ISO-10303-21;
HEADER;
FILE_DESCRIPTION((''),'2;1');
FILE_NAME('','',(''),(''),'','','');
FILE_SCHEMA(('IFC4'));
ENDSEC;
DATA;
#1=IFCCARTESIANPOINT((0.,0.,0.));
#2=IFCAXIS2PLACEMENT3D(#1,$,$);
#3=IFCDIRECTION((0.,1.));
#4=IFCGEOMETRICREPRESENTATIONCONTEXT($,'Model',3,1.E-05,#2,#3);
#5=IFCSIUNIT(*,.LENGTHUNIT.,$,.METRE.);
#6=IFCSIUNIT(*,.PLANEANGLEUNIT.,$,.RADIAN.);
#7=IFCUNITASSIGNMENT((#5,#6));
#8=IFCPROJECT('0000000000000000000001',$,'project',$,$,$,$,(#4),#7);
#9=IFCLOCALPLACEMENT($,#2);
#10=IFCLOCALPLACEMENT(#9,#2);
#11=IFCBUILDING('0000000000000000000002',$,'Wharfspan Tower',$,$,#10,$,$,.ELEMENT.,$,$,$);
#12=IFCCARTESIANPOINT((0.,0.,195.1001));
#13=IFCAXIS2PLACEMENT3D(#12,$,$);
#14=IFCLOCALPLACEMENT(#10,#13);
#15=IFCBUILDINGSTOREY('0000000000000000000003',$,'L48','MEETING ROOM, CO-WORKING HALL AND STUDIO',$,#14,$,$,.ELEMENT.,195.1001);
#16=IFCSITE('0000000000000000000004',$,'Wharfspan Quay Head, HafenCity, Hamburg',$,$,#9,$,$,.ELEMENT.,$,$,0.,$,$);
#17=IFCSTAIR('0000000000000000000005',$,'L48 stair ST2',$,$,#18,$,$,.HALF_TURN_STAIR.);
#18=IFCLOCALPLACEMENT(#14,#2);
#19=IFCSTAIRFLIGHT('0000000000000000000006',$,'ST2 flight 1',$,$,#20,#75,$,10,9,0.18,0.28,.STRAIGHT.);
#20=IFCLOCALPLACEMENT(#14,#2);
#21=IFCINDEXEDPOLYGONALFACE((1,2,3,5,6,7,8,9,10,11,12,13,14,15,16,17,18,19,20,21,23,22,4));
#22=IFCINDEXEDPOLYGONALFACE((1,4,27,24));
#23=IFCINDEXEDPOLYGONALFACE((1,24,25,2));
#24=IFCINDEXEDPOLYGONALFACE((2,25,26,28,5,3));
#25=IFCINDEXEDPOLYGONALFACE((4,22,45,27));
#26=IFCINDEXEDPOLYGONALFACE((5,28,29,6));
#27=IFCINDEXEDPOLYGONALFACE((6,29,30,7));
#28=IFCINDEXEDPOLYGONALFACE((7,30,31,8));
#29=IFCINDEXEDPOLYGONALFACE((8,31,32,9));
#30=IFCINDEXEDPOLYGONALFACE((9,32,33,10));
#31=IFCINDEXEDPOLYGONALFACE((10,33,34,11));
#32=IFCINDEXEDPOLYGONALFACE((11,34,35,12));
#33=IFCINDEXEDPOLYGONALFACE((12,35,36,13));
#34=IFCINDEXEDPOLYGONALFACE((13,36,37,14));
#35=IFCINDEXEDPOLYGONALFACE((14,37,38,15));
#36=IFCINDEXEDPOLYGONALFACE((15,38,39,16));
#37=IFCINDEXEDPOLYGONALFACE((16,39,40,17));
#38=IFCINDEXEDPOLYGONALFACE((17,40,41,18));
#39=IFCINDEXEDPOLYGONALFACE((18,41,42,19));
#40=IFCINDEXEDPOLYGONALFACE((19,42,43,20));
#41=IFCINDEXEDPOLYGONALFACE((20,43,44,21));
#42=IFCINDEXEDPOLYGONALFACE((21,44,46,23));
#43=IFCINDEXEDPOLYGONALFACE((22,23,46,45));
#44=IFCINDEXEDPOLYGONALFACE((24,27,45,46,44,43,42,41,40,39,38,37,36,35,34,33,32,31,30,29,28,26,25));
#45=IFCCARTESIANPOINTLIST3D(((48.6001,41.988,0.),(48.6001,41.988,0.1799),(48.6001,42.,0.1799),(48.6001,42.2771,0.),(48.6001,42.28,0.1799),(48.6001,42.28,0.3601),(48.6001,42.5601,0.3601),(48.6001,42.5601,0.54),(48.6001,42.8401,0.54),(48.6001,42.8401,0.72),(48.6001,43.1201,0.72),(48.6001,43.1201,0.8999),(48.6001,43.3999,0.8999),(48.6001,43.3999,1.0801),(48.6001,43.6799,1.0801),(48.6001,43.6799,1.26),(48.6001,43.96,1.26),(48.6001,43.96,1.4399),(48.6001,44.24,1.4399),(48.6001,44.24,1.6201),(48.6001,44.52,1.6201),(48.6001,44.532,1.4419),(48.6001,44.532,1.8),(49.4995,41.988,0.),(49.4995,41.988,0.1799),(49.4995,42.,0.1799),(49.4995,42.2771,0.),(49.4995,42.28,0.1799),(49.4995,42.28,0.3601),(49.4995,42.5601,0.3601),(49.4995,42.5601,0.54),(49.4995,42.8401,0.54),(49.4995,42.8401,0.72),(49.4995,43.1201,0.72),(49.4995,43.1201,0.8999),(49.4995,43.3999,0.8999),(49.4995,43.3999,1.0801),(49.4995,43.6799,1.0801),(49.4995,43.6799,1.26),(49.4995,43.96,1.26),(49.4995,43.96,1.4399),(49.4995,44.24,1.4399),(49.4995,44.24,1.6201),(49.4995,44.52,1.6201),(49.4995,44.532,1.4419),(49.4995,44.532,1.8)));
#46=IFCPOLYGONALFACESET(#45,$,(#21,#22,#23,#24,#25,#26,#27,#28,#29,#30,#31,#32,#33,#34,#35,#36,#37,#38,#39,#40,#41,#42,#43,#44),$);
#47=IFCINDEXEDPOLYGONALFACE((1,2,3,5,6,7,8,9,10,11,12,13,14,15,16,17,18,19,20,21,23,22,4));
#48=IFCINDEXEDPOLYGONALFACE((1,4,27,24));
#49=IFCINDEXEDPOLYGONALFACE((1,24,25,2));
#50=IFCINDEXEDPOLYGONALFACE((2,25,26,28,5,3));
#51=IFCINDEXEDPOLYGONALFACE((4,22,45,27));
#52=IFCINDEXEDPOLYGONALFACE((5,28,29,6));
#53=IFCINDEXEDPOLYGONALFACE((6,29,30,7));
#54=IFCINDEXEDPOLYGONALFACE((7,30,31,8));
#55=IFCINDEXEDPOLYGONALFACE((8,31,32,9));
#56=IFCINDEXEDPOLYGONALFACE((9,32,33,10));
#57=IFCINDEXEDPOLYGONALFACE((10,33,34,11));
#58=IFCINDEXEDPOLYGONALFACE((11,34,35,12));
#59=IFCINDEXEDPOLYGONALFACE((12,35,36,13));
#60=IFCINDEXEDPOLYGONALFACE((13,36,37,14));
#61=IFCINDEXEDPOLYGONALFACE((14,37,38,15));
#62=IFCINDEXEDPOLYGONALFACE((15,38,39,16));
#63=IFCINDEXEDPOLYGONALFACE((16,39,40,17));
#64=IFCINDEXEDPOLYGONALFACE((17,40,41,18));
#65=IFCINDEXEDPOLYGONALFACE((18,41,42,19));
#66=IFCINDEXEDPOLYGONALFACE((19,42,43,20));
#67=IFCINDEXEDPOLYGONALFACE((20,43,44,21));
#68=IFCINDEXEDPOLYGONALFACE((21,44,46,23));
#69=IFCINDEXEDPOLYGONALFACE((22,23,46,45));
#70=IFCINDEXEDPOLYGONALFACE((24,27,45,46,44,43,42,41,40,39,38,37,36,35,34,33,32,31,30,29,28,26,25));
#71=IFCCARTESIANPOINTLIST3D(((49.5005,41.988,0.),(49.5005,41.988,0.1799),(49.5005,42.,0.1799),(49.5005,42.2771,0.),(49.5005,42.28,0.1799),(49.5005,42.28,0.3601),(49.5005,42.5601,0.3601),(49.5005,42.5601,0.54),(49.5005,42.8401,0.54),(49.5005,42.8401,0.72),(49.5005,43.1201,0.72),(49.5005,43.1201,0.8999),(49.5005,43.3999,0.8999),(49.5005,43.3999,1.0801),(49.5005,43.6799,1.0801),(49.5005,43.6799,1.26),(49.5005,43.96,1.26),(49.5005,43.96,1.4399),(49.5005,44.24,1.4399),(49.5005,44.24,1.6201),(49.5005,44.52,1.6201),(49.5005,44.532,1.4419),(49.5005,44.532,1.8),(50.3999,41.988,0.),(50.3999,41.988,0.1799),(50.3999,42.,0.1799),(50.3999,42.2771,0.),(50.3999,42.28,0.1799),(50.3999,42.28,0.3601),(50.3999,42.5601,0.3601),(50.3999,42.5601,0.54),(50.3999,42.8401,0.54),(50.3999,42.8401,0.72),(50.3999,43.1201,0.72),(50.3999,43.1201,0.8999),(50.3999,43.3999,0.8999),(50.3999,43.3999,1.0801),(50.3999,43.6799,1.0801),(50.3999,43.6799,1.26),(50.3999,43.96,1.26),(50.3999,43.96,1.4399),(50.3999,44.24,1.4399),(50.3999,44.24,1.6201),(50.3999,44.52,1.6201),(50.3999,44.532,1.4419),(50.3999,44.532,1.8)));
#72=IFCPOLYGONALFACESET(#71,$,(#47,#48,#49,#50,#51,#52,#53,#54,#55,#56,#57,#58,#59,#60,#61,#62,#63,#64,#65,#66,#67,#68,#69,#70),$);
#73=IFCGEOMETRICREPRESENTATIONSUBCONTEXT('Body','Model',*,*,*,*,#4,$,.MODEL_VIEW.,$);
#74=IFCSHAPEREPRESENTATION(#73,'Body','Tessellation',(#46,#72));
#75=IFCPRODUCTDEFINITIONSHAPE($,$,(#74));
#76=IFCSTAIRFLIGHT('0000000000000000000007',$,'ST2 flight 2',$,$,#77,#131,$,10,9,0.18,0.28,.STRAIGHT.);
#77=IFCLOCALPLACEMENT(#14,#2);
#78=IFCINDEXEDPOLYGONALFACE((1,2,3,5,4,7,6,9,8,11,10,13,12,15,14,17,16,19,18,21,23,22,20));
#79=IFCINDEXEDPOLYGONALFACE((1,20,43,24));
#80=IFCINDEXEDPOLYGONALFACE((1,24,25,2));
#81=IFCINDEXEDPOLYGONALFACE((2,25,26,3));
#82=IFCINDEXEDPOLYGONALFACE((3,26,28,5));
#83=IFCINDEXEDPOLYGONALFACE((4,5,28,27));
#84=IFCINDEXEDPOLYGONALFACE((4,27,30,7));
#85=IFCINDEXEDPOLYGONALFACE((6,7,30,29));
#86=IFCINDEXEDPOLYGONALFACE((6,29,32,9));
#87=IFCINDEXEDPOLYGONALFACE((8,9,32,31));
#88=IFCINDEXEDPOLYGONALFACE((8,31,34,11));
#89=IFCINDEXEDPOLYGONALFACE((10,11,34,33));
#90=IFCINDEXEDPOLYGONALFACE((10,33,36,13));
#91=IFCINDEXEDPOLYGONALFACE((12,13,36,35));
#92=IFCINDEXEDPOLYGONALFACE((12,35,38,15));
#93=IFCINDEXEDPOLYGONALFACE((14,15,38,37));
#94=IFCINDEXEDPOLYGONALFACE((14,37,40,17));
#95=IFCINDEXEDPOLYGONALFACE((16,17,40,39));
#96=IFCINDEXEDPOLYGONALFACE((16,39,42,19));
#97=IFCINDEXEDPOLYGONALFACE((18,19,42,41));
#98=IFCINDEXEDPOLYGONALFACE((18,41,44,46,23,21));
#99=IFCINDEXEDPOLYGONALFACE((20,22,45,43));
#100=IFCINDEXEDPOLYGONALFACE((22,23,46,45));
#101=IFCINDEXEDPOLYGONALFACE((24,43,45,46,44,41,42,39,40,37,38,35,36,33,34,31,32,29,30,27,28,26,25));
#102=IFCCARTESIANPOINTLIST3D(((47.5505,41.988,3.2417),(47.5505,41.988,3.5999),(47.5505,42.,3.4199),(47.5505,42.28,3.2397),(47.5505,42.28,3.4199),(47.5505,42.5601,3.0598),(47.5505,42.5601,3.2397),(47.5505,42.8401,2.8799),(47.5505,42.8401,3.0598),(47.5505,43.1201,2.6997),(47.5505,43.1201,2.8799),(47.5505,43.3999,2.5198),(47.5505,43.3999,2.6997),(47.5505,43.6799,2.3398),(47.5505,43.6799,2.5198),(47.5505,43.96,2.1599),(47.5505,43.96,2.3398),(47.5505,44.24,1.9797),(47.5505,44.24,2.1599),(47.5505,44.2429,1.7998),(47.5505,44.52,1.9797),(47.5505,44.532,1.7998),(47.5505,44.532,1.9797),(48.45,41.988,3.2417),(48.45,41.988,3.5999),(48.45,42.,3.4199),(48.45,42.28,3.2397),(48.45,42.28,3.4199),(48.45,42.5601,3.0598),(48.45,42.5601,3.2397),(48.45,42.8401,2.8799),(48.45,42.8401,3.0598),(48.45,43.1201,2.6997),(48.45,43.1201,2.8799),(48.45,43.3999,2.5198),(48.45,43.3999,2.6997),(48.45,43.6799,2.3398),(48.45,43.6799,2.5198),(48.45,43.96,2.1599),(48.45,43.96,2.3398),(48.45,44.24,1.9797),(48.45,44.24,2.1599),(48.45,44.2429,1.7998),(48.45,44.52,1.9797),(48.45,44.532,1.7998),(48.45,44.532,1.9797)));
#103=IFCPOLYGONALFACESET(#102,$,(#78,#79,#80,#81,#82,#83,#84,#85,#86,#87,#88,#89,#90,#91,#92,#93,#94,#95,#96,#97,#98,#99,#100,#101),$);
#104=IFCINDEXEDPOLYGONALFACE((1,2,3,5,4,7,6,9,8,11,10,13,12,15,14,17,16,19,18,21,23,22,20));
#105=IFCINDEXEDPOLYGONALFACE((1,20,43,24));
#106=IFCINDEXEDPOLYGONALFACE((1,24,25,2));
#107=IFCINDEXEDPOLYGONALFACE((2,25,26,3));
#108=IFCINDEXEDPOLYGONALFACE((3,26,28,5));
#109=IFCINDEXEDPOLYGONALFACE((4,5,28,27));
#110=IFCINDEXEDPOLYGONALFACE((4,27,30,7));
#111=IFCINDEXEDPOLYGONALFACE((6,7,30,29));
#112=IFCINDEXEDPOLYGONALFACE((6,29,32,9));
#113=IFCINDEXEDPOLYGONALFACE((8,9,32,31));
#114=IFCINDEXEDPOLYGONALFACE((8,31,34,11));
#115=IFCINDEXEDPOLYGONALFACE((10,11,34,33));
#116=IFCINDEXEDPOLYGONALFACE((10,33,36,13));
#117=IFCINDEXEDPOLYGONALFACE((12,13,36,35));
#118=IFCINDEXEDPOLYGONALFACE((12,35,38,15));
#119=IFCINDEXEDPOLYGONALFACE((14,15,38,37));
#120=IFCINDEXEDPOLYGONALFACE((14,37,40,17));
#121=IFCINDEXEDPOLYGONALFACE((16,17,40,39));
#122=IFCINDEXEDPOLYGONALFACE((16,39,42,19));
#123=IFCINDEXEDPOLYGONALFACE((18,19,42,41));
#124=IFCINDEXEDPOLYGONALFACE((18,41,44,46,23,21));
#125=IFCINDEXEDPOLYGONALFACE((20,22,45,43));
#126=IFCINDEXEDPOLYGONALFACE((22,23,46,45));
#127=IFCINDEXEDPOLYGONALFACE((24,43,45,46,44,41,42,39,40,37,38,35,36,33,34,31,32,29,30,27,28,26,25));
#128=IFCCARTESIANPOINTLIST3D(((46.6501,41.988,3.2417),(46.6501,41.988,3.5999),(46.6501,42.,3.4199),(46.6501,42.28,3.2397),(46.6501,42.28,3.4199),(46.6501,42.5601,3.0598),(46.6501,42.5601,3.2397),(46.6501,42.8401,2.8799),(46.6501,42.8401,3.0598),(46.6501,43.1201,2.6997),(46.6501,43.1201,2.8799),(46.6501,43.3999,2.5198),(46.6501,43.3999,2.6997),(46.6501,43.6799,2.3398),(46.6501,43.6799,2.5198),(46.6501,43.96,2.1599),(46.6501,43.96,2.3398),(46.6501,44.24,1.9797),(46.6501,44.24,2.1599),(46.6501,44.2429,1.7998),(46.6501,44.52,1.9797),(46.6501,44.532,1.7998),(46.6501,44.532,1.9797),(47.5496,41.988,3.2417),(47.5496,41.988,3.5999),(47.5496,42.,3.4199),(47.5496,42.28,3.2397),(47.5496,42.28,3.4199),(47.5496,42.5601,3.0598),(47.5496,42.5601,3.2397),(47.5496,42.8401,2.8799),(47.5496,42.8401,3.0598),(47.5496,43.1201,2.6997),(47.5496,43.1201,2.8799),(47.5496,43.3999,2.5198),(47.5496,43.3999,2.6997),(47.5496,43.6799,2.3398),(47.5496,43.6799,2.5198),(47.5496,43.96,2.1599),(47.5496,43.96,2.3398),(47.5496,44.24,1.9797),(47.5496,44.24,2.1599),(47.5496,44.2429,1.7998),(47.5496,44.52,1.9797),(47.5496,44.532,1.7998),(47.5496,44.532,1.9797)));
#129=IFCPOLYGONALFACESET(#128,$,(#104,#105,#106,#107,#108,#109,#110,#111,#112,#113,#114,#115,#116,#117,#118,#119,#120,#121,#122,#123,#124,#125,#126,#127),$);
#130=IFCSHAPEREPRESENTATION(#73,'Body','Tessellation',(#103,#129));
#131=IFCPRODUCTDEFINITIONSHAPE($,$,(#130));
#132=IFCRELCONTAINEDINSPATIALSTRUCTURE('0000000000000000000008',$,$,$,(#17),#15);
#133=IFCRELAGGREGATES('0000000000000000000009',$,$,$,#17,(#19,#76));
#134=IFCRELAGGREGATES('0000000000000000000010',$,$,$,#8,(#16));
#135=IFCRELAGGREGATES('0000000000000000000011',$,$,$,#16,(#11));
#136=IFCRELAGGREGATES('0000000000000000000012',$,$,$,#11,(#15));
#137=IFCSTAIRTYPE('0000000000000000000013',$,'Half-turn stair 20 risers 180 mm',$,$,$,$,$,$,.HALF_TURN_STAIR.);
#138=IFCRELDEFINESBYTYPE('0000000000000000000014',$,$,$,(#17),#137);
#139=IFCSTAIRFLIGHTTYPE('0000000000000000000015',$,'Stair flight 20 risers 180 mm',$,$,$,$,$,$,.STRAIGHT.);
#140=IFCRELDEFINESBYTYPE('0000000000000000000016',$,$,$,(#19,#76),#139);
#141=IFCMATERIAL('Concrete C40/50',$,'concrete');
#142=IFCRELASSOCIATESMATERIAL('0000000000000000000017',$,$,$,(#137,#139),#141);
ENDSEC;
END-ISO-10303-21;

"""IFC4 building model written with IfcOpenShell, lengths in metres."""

from ifc_helpers import new_model, si_unit, direction, frame, origin, place, context, subcontext, project, spatial, polyline, outline, extrude, material, type_object, element, aggregate, save


model = new_model("IFC4")

# Units and contexts
model_context = context("Model", 3, precision=1e-05, world=origin(), true_north=direction((0.0, 1.0)))
body_context = subcontext(model_context, "Body", "Model", "MODEL_VIEW")
ifc_project = project(units=[si_unit("LENGTHUNIT", "METRE"), si_unit("PLANEANGLEUNIT", "RADIAN")], contexts=[model_context])

# Site, building, storey
site_placement = place(None, origin())
site = spatial("IfcSite", under=ifc_project, at=site_placement, Name="Wharfspan Quay Head, HafenCity, Hamburg", CompositionType="ELEMENT", RefElevation=0.0)
building_placement = place(site_placement, origin())
building = spatial("IfcBuilding", under=site, at=building_placement, Name="Wharfspan Tower", CompositionType="ELEMENT")
storey_placement = place(building_placement, frame((0.0, 0.0, 195.1001)))
storey = spatial("IfcBuildingStorey", under=building, at=storey_placement, Name="L48", Description="MEETING ROOM, CO-WORKING HALL AND STUDIO", CompositionType="ELEMENT", Elevation=195.1001)

# Shared definitions
ifc_material_1 = material(Name="Concrete C40/50", Category="concrete")

# Stair, stair flights
stair_type = type_object("IfcStairType", Name="Half-turn stair 20 risers 180 mm", PredefinedType="HALF_TURN_STAIR", material=ifc_material_1)
stair_placement = place(storey_placement, origin())
stair = element("IfcStair", 1, at=stair_placement, inside=storey, type_object=stair_type, Name="L48 stair ST2", PredefinedType="HALF_TURN_STAIR")
stair_flight_type = type_object("IfcStairFlightType", Name="Stair flight 20 risers 180 mm", PredefinedType="STRAIGHT", material=ifc_material_1)
stair_flight_1_placement = place(storey_placement, frame((49.5, 42.0, 0.0), z_axis=(0.0, 0.0, 1.0), x_axis=(0.0, 1.0, 0.0)))
stair_flight_1 = element("IfcStairFlight", 2, at=stair_flight_1_placement, type_object=stair_flight_type, Name="ST2 flight 1", NumberOfRisers=10, NumberOfTreads=9, PredefinedType="STRAIGHT", RiserHeight=0.18, TreadLength=0.28, context=body_context, shape_type="SweptSolid", body=[
    extrude(outline(polyline([(-0.012, 0.0), (-0.012, 0.1799), (0.0, 0.1799), (0.28, 0.1799), (0.28, 0.3601), (0.5601, 0.3601), (0.5601, 0.54), (0.8401, 0.54), (0.8401, 0.72), (1.1201, 0.72), (1.1201, 0.8999), (1.3999, 0.8999), (1.3999, 1.0801), (1.6799, 1.0801), (1.6799, 1.26), (1.96, 1.26), (1.96, 1.4399), (2.24, 1.4399), (2.24, 1.6201), (2.52, 1.6201), (2.532, 1.8), (2.532, 1.4419), (0.2771, 0.0), (-0.012, 0.0)])), frame((0.0, 0.8999, 0.0), z_axis=(0.0, -1.0, 0.0), x_axis=(1.0, 0.0, 0.0)), (0.0, 0.0, 1.0), 0.8994),
    extrude(outline(polyline([(-0.012, 0.0), (-0.012, 0.1799), (0.0, 0.1799), (0.28, 0.1799), (0.28, 0.3601), (0.5601, 0.3601), (0.5601, 0.54), (0.8401, 0.54), (0.8401, 0.72), (1.1201, 0.72), (1.1201, 0.8999), (1.3999, 0.8999), (1.3999, 1.0801), (1.6799, 1.0801), (1.6799, 1.26), (1.96, 1.26), (1.96, 1.4399), (2.24, 1.4399), (2.24, 1.6201), (2.52, 1.6201), (2.532, 1.8), (2.532, 1.4419), (0.2771, 0.0), (-0.012, 0.0)])), frame((0.0, -0.0005, 0.0), z_axis=(0.0, -1.0, 0.0), x_axis=(1.0, 0.0, 0.0)), (0.0, 0.0, 1.0), 0.8994),
])
stair_flight_2_placement = place(storey_placement, frame((47.55, 44.52, 1.7998), z_axis=(0.0, 0.0, 1.0), x_axis=(0.0, -1.0, 0.0)))
stair_flight_2 = element("IfcStairFlight", 3, at=stair_flight_2_placement, type_object=stair_flight_type, Name="ST2 flight 2", NumberOfRisers=10, NumberOfTreads=9, PredefinedType="STRAIGHT", RiserHeight=0.18, TreadLength=0.28, context=body_context, shape_type="SweptSolid", body=[
    extrude(outline(polyline([(-0.012, 0.0), (-0.012, 0.1799), (0.0, 0.1799), (0.28, 0.1799), (0.28, 0.3601), (0.5601, 0.3601), (0.5601, 0.54), (0.8401, 0.54), (0.8401, 0.72), (1.1201, 0.72), (1.1201, 0.8999), (1.3999, 0.8999), (1.3999, 1.0801), (1.6799, 1.0801), (1.6799, 1.26), (1.96, 1.26), (1.96, 1.4399), (2.24, 1.4399), (2.24, 1.6201), (2.52, 1.6201), (2.532, 1.8), (2.532, 1.4419), (0.2771, 0.0), (-0.012, 0.0)])), frame((0.0, 0.8999, 0.0), z_axis=(0.0, -1.0, 0.0), x_axis=(1.0, 0.0, 0.0)), (0.0, 0.0, 1.0), 0.8994),
    extrude(outline(polyline([(-0.012, 0.0), (-0.012, 0.1799), (0.0, 0.1799), (0.28, 0.1799), (0.28, 0.3601), (0.5601, 0.3601), (0.5601, 0.54), (0.8401, 0.54), (0.8401, 0.72), (1.1201, 0.72), (1.1201, 0.8999), (1.3999, 0.8999), (1.3999, 1.0801), (1.6799, 1.0801), (1.6799, 1.26), (1.96, 1.26), (1.96, 1.4399), (2.24, 1.4399), (2.24, 1.6201), (2.52, 1.6201), (2.532, 1.8), (2.532, 1.4419), (0.2771, 0.0), (-0.012, 0.0)])), frame((0.0, -0.0005, 0.0), z_axis=(0.0, -1.0, 0.0), x_axis=(1.0, 0.0, 0.0)), (0.0, 0.0, 1.0), 0.8994),
])
aggregate(stair, [stair_flight_1, stair_flight_2])

save(model, "model.ifc")
